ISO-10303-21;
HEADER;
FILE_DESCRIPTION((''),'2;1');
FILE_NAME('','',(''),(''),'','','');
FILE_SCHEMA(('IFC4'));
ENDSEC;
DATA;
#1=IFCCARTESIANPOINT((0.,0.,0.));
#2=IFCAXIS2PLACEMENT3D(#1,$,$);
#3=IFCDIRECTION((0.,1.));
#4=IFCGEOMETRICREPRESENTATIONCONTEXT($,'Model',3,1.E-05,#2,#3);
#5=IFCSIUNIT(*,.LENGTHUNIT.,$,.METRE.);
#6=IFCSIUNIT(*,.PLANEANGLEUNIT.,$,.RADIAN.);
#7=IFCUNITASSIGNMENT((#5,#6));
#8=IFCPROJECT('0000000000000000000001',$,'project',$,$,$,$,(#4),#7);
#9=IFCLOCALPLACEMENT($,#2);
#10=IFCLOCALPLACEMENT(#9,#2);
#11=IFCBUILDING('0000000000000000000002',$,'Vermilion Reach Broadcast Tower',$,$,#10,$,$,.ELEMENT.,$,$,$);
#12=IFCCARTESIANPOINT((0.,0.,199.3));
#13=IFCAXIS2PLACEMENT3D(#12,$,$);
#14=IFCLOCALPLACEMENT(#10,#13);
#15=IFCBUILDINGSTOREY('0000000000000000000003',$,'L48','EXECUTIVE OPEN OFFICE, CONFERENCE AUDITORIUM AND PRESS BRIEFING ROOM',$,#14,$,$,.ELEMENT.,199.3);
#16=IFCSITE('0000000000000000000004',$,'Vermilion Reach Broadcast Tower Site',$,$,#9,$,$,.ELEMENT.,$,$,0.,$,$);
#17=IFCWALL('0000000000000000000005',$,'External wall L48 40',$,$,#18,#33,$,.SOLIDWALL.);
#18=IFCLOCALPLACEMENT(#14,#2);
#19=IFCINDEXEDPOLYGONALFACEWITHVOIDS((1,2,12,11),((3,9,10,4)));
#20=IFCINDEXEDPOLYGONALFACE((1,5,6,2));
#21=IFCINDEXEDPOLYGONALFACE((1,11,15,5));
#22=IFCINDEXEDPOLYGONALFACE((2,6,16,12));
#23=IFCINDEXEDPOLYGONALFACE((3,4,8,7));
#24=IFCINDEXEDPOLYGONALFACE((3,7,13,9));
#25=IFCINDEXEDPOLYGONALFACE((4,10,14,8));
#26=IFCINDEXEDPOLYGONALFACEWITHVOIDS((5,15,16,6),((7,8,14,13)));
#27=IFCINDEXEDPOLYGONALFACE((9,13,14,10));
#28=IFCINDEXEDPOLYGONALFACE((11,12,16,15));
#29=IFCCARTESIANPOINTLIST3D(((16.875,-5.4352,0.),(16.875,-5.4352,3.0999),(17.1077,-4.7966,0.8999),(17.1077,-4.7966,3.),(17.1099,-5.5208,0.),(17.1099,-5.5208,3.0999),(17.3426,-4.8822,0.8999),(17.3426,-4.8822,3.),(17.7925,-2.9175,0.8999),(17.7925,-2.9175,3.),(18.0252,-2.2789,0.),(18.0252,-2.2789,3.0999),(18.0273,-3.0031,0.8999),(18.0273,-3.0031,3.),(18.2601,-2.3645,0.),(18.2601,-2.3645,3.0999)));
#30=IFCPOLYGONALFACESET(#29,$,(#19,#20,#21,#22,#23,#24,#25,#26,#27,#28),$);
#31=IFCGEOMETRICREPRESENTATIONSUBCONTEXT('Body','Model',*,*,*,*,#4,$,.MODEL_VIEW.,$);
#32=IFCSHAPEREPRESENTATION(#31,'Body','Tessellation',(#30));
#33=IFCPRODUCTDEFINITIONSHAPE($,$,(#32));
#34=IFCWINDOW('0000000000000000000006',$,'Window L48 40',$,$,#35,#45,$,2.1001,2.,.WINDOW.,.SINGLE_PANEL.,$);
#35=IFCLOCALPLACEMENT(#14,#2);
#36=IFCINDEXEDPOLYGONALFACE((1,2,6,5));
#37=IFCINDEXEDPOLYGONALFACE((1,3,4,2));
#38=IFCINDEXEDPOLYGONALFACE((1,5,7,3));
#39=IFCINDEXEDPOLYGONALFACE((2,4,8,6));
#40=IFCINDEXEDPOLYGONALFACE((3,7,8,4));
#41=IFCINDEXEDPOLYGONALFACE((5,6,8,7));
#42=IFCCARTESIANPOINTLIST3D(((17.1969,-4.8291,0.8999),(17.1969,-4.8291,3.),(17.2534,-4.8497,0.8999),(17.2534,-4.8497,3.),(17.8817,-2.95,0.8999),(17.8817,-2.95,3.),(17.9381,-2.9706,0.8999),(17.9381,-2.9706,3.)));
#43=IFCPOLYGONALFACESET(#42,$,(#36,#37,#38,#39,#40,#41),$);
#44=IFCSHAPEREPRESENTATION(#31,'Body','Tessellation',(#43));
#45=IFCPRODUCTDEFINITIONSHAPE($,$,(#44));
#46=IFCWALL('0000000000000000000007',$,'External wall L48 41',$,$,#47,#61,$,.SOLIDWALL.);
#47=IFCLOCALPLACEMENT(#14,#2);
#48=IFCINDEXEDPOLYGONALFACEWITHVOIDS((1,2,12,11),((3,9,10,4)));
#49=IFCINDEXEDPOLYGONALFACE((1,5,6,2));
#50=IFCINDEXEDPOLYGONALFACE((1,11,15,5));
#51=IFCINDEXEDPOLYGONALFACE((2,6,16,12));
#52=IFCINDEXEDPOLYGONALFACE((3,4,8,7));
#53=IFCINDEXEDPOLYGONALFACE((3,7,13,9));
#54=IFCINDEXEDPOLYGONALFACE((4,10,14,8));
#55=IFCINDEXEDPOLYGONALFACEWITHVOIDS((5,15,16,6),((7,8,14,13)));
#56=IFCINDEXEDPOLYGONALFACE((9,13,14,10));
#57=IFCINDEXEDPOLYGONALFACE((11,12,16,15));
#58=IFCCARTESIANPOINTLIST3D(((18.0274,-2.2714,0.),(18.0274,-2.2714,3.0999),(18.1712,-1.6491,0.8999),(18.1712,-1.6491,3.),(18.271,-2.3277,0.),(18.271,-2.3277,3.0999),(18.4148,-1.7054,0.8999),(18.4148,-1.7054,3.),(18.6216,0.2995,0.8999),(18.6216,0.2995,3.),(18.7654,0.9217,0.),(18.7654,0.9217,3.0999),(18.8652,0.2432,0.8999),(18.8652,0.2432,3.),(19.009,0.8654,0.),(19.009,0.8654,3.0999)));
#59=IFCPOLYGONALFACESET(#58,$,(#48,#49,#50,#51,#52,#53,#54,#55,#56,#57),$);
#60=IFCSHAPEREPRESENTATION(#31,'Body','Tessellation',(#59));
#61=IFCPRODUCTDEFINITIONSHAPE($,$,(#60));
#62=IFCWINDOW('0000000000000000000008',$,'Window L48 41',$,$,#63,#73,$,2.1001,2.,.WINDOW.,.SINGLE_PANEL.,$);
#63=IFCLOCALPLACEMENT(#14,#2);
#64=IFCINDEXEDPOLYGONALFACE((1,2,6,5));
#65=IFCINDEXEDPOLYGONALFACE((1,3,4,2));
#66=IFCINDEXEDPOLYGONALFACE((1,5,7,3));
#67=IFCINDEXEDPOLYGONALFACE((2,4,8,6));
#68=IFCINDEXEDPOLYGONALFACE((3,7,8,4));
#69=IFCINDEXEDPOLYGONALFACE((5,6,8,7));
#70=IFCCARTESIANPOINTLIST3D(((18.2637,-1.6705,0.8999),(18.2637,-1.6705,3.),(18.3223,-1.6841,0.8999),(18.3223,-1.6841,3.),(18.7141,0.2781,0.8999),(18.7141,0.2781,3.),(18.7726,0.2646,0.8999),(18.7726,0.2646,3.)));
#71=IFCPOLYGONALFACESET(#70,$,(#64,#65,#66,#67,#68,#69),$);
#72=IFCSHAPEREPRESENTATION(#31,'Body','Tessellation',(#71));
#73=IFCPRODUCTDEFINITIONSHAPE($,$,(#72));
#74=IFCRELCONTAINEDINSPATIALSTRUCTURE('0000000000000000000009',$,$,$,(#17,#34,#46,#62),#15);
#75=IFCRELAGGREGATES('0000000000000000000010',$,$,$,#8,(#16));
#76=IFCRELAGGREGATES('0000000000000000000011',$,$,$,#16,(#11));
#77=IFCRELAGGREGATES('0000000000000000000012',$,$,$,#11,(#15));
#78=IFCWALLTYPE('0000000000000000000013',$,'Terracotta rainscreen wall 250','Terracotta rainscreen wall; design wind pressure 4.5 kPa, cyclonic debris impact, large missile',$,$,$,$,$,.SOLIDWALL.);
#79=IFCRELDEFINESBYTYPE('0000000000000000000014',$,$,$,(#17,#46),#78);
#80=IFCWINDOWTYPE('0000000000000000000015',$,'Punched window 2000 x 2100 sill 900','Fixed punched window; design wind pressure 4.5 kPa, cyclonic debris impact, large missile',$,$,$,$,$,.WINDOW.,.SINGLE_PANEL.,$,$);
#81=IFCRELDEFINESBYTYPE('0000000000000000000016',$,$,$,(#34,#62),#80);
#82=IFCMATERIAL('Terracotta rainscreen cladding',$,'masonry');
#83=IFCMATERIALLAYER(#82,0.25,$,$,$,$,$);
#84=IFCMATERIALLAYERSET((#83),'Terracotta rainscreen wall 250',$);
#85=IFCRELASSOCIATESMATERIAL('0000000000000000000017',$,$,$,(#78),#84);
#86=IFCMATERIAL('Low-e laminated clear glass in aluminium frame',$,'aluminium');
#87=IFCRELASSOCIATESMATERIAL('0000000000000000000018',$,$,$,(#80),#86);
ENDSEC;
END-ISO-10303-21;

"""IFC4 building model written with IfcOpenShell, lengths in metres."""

from ifc_helpers import new_model, si_unit, direction, frame, frame_2d, origin, place, context, subcontext, project, spatial, rectangle, extrude, material, layer, layer_set, type_object, element, fill, save


model = new_model("IFC4")

# Units and contexts
model_context = context("Model", 3, precision=1e-05, world=origin(), true_north=direction((0.0, 1.0)))
body_context = subcontext(model_context, "Body", "Model", "MODEL_VIEW")
ifc_project = project(units=[si_unit("LENGTHUNIT", "METRE"), si_unit("PLANEANGLEUNIT", "RADIAN")], contexts=[model_context])

# Site, building, storey
site_placement = place(None, origin())
site = spatial("IfcSite", under=ifc_project, at=site_placement, Name="Vermilion Reach Broadcast Tower Site", CompositionType="ELEMENT", RefElevation=0.0)
building_placement = place(site_placement, origin())
building = spatial("IfcBuilding", under=site, at=building_placement, Name="Vermilion Reach Broadcast Tower", CompositionType="ELEMENT")
storey_placement = place(building_placement, frame((0.0, 0.0, 199.3)))
storey = spatial("IfcBuildingStorey", under=building, at=storey_placement, Name="L48", Description="EXECUTIVE OPEN OFFICE, CONFERENCE AUDITORIUM AND PRESS BRIEFING ROOM", CompositionType="ELEMENT", Elevation=199.3)

# Shared definitions
ifc_material_1 = material(Name="Terracotta rainscreen cladding", Category="masonry")
ifc_layer_1 = layer(ifc_material_1, 0.25)
ifc_layer_set_1 = layer_set([ifc_layer_1], Name="Terracotta rainscreen wall 250")
wall_type_1 = type_object("IfcWallType", Name="Terracotta rainscreen wall 250", Description="Terracotta rainscreen wall; design wind pressure 4.5 kPa, cyclonic debris impact, large missile", PredefinedType="SOLIDWALL", material=ifc_layer_set_1)

# Walls, openings, windows
wall_1_placement = place(storey_placement, frame((16.9924, -5.478, 0.0), z_axis=(0.0, 0.0, 1.0), x_axis=(0.342379, 0.939562, 0.0)))
wall_1 = element("IfcWall", 1, at=wall_1_placement, inside=storey, type_object=wall_type_1, Name="External wall L48 40", PredefinedType="SOLIDWALL", context=body_context, shape_type="SweptSolid", body=[
    extrude(rectangle(XDim=3.3594, YDim=0.25, at=frame_2d((1.6797, 0.0))), origin(), (0.0, 0.0, 1.0), 3.0999),
])
opening_1_placement = place(wall_1_placement, frame((0.6797, 0.0, 0.8999)))
opening_1 = element("IfcOpeningElement", 2, at=opening_1_placement, cuts=wall_1, PredefinedType="OPENING", context=body_context, shape_type="SweptSolid", body=[
    extrude(rectangle(XDim=2.0, YDim=2.1001, at=frame_2d((1.0, 1.05))), frame((0.0, 0.135, 0.0), z_axis=(0.0, -1.0, 0.0), x_axis=(1.0, 0.0, 0.0)), (0.0, 0.0, 1.0), 0.27),
])
ifc_material_2 = material(Name="Low-e laminated clear glass in aluminium frame", Category="aluminium")
window_type = type_object("IfcWindowType", Name="Punched window 2000 x 2100 sill 900", Description="Fixed punched window; design wind pressure 4.5 kPa, cyclonic debris impact, large missile", PartitioningType="SINGLE_PANEL", PredefinedType="WINDOW", material=ifc_material_2)
window_1_placement = place(opening_1_placement, origin())
window_1 = element("IfcWindow", 3, at=window_1_placement, inside=storey, type_object=window_type, Name="Window L48 40", OverallHeight=2.1001, OverallWidth=2.0, PartitioningType="SINGLE_PANEL", PredefinedType="WINDOW", context=body_context, shape_type="SweptSolid", body=[
    extrude(rectangle(XDim=2.0, YDim=2.1001, at=frame_2d((1.0, 1.05))), frame((0.0, 0.03, 0.0), z_axis=(0.0, -1.0, 0.0), x_axis=(1.0, 0.0, 0.0)), (0.0, 0.0, 1.0), 0.0601),
])
fill(opening_1, window_1)
wall_2_placement = place(storey_placement, frame((18.1492, -2.2996, 0.0), z_axis=(0.0, 0.0, 1.0), x_axis=(0.225197, 0.974313, 0.0)))
wall_2 = element("IfcWall", 4, at=wall_2_placement, inside=storey, type_object=wall_type_1, Name="External wall L48 41", PredefinedType="SOLIDWALL", context=body_context, shape_type="SweptSolid", body=[
    extrude(rectangle(XDim=3.2773, YDim=0.25, at=frame_2d((1.6387, 0.0))), origin(), (0.0, 0.0, 1.0), 3.0999),
])
opening_2_placement = place(wall_2_placement, frame((0.6387, 0.0, 0.8999)))
opening_2 = element("IfcOpeningElement", 5, at=opening_2_placement, cuts=wall_2, PredefinedType="OPENING", context=body_context, shape_type="SweptSolid", body=[
    extrude(rectangle(XDim=2.0, YDim=2.1001, at=frame_2d((1.0, 1.05))), frame((0.0, 0.135, 0.0), z_axis=(0.0, -1.0, 0.0), x_axis=(1.0, 0.0, 0.0)), (0.0, 0.0, 1.0), 0.27),
])
window_2_placement = place(opening_2_placement, origin())
window_2 = element("IfcWindow", 6, at=window_2_placement, inside=storey, type_object=window_type, Name="Window L48 41", OverallHeight=2.1001, OverallWidth=2.0, PartitioningType="SINGLE_PANEL", PredefinedType="WINDOW", context=body_context, shape_type="SweptSolid", body=[
    extrude(rectangle(XDim=2.0, YDim=2.1001, at=frame_2d((1.0, 1.05))), frame((0.0, 0.03, 0.0), z_axis=(0.0, -1.0, 0.0), x_axis=(1.0, 0.0, 0.0)), (0.0, 0.0, 1.0), 0.0601),
])
fill(opening_2, window_2)

save(model, "model.ifc")
